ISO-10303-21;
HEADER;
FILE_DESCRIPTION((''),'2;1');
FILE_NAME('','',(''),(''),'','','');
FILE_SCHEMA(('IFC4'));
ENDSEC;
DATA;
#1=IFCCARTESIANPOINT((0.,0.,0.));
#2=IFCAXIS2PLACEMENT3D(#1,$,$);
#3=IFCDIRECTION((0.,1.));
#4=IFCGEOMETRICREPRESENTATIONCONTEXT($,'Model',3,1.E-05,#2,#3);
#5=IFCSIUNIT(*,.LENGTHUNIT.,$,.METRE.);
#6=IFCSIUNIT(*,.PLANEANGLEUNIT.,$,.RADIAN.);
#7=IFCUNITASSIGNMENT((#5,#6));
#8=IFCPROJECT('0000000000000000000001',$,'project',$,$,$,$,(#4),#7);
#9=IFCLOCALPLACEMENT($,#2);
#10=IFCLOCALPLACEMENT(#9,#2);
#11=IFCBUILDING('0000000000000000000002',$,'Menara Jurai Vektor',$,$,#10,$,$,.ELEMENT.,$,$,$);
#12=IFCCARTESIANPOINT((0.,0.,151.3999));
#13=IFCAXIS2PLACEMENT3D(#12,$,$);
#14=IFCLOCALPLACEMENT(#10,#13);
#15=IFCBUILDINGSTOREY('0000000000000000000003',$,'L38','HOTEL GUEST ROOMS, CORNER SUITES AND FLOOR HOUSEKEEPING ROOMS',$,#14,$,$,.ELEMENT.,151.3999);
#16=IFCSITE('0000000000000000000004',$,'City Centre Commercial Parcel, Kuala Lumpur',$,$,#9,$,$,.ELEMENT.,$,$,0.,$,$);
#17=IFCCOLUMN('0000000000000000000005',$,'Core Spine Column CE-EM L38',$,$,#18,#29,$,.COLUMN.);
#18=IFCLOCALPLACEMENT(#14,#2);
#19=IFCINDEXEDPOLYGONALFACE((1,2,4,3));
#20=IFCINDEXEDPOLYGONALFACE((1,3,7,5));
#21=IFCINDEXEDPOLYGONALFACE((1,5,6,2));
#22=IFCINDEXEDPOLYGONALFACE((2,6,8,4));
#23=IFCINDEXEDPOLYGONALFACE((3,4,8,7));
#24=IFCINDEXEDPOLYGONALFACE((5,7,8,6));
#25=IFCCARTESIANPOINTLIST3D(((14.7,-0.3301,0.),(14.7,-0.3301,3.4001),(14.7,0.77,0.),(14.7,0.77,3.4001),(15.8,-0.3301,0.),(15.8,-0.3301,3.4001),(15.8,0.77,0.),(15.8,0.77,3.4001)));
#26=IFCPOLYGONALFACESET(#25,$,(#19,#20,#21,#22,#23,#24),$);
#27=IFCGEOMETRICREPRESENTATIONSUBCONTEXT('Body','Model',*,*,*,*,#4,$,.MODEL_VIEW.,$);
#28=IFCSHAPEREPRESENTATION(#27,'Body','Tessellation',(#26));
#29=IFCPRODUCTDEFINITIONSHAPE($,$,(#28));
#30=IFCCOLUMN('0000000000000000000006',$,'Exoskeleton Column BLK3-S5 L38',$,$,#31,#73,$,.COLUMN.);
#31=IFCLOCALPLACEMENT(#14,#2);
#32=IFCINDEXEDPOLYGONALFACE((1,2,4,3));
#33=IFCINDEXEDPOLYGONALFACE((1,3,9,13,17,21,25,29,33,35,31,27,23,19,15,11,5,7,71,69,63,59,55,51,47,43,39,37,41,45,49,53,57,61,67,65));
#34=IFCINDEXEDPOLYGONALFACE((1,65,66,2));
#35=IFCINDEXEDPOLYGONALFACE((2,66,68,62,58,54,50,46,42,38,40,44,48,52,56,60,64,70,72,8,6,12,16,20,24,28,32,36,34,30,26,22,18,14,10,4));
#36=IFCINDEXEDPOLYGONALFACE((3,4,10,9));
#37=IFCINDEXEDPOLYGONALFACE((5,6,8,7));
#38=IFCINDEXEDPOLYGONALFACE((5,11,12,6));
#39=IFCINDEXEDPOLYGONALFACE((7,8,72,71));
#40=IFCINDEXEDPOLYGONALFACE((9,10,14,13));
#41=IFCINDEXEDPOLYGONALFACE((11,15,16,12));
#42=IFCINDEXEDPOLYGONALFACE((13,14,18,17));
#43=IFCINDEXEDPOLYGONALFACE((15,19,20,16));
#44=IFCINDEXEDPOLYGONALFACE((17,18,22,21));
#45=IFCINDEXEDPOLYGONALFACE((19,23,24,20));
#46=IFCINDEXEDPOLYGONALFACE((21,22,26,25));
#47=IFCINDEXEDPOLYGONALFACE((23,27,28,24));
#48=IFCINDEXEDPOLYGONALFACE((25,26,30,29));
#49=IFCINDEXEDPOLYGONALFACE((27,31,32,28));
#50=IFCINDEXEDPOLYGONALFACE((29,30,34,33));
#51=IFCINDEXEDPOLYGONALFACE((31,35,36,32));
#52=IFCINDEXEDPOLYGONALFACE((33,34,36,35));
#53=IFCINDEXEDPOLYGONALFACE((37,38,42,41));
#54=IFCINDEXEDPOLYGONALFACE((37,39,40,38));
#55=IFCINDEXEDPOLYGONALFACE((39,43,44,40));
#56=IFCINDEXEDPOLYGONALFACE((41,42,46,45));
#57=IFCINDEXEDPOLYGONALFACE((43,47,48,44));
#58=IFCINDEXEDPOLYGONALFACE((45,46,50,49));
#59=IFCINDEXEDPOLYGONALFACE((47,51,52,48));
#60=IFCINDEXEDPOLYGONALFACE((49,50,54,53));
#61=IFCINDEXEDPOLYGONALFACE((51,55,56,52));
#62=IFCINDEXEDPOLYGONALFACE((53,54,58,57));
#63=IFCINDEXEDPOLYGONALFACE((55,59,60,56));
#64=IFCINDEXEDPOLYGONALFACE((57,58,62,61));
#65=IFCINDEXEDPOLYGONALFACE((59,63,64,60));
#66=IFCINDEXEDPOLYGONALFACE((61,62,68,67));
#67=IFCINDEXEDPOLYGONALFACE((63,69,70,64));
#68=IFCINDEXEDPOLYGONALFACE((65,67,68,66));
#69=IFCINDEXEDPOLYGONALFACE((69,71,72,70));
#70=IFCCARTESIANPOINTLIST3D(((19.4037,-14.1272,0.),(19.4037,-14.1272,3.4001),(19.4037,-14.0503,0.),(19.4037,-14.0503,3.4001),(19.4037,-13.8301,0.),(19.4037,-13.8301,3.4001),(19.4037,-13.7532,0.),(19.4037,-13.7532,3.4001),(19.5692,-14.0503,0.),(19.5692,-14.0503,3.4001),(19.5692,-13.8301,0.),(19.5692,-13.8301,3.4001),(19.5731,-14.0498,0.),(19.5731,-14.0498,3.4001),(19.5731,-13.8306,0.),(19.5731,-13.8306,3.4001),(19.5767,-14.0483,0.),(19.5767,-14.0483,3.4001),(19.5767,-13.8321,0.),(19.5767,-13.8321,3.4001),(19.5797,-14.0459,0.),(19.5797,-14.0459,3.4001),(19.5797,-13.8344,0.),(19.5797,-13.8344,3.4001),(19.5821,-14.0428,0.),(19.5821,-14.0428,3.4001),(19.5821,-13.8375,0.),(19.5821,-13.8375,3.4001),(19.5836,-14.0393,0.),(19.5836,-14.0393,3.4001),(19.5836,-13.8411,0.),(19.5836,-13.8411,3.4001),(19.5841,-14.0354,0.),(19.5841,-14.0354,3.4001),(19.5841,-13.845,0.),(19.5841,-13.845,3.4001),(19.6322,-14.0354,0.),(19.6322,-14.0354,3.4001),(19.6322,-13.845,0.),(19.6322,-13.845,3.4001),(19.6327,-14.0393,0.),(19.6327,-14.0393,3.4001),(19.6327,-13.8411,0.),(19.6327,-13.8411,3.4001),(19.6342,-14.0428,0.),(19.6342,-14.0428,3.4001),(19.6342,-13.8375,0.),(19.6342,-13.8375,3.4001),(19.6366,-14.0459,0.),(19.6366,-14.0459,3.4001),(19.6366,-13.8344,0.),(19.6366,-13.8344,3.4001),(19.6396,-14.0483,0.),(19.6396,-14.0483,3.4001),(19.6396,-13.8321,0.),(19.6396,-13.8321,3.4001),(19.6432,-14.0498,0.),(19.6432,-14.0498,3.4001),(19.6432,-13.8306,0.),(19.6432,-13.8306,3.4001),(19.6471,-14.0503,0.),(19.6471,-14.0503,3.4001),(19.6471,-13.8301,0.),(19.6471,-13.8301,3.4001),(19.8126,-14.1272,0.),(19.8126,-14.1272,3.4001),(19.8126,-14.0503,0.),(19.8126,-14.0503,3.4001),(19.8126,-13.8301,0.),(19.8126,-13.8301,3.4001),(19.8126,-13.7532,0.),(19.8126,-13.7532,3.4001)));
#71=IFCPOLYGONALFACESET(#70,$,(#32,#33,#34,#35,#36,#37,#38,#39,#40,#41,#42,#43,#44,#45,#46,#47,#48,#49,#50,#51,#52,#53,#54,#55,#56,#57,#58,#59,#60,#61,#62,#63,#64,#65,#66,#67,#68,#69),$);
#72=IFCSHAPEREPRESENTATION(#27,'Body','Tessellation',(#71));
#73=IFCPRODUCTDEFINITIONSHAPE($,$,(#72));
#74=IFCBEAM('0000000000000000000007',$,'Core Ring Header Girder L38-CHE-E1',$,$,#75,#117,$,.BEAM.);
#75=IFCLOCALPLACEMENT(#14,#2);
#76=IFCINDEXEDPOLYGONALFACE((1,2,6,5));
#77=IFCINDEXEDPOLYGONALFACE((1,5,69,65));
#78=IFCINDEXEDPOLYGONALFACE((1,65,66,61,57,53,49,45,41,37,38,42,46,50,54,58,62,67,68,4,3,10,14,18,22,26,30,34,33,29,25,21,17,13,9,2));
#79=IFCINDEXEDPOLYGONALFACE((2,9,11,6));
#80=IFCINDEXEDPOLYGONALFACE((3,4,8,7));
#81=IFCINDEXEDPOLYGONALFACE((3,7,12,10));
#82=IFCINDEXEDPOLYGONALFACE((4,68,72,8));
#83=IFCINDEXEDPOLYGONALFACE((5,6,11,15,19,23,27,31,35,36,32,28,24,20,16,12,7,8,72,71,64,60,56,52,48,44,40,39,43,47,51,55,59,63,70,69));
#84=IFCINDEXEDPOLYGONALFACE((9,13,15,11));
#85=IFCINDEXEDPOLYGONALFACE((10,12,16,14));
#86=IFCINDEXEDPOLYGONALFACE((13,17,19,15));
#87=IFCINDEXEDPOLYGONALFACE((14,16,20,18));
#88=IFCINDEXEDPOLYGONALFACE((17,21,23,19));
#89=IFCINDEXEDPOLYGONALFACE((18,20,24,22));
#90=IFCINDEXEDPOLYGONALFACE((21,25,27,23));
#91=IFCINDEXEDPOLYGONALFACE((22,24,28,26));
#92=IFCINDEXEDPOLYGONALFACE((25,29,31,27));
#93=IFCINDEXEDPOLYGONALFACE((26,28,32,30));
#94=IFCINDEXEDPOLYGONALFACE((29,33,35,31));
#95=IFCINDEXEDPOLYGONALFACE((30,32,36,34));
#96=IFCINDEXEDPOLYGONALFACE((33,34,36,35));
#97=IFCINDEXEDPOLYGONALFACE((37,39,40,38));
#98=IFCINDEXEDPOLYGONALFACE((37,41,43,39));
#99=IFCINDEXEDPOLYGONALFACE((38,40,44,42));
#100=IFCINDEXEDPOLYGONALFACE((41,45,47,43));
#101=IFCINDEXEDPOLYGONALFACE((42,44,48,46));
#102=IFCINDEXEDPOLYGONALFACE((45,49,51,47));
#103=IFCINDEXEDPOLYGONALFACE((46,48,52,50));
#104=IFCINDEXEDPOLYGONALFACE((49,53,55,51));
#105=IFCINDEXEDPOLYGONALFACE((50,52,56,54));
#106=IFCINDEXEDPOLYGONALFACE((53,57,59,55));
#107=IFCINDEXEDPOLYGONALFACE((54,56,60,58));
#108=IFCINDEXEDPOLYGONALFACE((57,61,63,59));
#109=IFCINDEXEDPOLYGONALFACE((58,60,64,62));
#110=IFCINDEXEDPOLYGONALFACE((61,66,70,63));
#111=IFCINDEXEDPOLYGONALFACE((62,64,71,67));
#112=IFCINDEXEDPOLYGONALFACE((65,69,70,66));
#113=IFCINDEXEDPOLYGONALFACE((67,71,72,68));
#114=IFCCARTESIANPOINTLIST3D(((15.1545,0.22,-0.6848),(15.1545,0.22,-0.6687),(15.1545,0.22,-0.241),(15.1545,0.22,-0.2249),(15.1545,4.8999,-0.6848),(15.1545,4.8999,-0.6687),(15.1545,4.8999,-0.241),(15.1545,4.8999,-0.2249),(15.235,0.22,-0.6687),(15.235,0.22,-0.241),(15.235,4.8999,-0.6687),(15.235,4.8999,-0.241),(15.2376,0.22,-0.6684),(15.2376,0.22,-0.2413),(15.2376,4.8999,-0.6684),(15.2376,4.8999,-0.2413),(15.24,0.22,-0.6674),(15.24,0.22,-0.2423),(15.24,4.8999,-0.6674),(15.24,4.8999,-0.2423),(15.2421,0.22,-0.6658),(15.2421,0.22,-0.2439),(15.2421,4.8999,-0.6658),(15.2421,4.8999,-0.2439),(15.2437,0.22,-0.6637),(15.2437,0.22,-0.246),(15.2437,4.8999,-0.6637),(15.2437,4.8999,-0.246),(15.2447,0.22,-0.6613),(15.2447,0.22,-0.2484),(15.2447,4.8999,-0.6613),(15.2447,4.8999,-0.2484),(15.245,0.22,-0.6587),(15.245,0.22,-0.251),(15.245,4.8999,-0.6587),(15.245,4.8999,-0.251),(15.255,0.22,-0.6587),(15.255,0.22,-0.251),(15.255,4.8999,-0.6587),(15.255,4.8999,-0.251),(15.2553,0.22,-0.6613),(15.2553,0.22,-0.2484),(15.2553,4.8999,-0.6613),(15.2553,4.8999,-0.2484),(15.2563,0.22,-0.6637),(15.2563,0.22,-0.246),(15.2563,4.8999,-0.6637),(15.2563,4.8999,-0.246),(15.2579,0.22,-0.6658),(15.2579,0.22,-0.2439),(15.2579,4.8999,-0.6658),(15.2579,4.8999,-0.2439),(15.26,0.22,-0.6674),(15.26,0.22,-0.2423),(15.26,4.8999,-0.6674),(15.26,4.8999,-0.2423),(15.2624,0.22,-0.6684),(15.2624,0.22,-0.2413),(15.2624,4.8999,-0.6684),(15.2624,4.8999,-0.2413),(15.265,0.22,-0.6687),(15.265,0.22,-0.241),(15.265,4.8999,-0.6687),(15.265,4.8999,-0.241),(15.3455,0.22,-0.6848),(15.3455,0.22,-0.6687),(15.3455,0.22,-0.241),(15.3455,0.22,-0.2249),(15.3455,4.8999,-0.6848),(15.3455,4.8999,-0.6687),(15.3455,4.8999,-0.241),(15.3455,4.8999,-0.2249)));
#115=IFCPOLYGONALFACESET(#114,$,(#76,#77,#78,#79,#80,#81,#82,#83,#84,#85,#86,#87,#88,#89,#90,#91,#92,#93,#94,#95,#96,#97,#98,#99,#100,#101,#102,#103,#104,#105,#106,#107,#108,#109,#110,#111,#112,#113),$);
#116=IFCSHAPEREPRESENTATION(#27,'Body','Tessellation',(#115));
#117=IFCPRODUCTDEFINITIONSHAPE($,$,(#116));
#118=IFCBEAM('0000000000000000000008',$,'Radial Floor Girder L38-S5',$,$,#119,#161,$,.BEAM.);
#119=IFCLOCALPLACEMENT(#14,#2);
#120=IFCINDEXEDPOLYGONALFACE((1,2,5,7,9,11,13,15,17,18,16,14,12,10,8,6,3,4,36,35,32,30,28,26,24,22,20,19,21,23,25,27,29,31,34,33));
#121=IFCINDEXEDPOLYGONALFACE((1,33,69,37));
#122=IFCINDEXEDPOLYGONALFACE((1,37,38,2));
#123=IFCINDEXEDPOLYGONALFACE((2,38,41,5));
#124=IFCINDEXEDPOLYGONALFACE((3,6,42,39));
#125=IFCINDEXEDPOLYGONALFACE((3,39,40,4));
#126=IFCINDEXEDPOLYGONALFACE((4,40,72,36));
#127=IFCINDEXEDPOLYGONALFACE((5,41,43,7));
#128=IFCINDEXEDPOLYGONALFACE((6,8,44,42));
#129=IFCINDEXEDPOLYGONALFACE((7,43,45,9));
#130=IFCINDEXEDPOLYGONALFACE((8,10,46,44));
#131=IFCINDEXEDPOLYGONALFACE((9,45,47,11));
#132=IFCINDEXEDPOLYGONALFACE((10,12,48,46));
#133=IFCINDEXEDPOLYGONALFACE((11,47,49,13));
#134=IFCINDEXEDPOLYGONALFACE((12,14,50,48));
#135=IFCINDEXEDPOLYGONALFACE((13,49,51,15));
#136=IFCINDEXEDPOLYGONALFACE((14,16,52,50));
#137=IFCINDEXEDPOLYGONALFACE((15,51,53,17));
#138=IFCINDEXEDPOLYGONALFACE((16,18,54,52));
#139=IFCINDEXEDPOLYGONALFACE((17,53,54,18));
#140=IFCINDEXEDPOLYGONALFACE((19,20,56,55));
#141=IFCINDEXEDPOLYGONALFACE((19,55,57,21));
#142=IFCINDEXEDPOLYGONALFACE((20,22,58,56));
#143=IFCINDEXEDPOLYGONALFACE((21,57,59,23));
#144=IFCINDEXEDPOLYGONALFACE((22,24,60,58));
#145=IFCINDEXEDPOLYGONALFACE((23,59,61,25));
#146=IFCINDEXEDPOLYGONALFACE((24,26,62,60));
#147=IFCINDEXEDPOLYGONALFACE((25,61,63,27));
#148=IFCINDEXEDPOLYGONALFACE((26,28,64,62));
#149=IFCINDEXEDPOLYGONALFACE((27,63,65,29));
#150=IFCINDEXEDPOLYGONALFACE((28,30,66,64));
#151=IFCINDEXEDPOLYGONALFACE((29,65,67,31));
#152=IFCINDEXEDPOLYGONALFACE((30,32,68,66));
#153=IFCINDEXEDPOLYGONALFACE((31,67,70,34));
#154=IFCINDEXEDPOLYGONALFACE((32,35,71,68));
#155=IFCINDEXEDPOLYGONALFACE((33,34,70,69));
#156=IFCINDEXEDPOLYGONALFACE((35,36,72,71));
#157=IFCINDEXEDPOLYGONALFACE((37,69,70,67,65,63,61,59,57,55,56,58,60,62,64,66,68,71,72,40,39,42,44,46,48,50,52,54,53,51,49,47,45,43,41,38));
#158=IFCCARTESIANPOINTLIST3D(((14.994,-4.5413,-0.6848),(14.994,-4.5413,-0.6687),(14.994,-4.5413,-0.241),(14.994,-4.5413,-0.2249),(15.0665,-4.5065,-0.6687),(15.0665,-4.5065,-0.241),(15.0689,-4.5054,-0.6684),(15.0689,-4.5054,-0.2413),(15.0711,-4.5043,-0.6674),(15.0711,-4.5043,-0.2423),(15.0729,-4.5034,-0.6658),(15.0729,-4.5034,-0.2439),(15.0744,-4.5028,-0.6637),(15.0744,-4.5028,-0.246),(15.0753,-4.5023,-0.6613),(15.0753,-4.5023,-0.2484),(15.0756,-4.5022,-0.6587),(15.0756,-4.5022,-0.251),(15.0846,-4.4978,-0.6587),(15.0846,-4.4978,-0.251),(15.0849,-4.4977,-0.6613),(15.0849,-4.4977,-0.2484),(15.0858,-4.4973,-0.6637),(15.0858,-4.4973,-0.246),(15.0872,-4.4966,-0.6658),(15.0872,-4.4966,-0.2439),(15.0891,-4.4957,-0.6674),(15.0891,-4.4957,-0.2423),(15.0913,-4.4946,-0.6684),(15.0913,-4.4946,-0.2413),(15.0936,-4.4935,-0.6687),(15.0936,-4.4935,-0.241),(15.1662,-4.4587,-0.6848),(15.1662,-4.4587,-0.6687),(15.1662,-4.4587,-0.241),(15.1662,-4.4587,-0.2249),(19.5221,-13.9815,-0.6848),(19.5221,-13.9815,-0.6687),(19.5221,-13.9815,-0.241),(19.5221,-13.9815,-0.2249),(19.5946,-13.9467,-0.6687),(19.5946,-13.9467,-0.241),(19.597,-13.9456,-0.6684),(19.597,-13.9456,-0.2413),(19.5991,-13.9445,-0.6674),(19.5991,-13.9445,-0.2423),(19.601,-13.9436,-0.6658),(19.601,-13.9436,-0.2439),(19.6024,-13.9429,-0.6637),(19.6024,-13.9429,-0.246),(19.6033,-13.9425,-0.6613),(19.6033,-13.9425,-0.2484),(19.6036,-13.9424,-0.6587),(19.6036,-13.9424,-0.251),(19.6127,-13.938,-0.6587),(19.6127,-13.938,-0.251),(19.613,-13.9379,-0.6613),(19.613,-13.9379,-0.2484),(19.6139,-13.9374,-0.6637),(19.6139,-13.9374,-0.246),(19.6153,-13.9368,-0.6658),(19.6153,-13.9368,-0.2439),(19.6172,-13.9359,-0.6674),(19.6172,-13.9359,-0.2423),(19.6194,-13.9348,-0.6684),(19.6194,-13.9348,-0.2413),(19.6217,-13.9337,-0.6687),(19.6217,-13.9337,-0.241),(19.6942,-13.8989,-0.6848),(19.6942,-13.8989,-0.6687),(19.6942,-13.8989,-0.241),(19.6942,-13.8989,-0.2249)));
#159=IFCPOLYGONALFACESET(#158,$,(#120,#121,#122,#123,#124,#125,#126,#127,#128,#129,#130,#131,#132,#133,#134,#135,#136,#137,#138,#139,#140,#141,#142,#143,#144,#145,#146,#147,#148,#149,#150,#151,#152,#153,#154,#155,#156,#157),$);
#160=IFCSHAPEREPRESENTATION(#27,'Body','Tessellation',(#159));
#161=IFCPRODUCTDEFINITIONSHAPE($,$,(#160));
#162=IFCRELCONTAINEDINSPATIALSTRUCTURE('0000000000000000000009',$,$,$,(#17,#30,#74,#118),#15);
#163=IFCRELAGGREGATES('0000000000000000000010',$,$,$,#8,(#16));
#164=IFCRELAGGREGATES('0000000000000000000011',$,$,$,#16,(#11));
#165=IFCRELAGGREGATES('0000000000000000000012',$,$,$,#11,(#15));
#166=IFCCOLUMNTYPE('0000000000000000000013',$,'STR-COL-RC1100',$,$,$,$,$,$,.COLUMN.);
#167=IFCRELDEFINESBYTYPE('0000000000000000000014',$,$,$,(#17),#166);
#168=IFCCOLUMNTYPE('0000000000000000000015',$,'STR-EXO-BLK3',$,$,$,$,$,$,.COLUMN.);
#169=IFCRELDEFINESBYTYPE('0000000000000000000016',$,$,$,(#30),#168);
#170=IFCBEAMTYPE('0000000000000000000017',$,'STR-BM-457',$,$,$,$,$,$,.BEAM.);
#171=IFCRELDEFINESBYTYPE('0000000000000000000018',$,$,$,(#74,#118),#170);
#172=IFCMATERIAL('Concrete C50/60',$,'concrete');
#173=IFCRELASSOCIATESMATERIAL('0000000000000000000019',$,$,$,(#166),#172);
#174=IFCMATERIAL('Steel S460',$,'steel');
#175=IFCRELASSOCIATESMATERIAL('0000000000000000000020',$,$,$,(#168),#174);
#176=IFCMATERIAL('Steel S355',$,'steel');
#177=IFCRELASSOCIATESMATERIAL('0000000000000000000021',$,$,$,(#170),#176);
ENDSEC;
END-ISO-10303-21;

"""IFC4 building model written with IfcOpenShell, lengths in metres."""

from ifc_helpers import new_model, si_unit, direction, frame, origin, origin_2d, place, context, subcontext, project, spatial, rectangle, i_section, extrude, material, material_profile, profile_set, type_object, element, save


model = new_model("IFC4")

# Units and contexts
model_context = context("Model", 3, precision=1e-05, world=origin(), true_north=direction((0.0, 1.0)))
body_context = subcontext(model_context, "Body", "Model", "MODEL_VIEW")
ifc_project = project(units=[si_unit("LENGTHUNIT", "METRE"), si_unit("PLANEANGLEUNIT", "RADIAN")], contexts=[model_context])

# Site, building, storey
site_placement = place(None, origin())
site = spatial("IfcSite", under=ifc_project, at=site_placement, Name="City Centre Commercial Parcel, Kuala Lumpur", CompositionType="ELEMENT", RefElevation=0.0)
building_placement = place(site_placement, origin())
building = spatial("IfcBuilding", under=site, at=building_placement, Name="Menara Jurai Vektor", CompositionType="ELEMENT")
storey_placement = place(building_placement, frame((0.0, 0.0, 151.3999)))
storey = spatial("IfcBuildingStorey", under=building, at=storey_placement, Name="L38", Description="HOTEL GUEST ROOMS, CORNER SUITES AND FLOOR HOUSEKEEPING ROOMS", CompositionType="ELEMENT", Elevation=151.3999)

# Columns
ifc_material_1 = material(Name="Concrete C50/60", Category="concrete")
ifc_material_profile_1 = material_profile(ifc_material_1, rectangle(XDim=1.1001, YDim=1.1001, at=origin_2d()), Name="RC 1100x1100")
ifc_profile_set_1 = profile_set([ifc_material_profile_1], Name="Concrete C50/60")
column_type_1 = type_object("IfcColumnType", Name="STR-COL-RC1100", PredefinedType="COLUMN", material=ifc_profile_set_1)
column_1_placement = place(storey_placement, frame((15.25, 0.22, 0.0), z_axis=(0.0, 0.0, 1.0), x_axis=(1.0, 0.0, 0.0)))
element("IfcColumn", 1, at=column_1_placement, inside=storey, type_object=column_type_1, Name="Core Spine Column CE-EM L38", PredefinedType="COLUMN", context=body_context, shape_type="SweptSolid", body=[
    extrude(rectangle(XDim=1.1001, YDim=1.1001, at=origin_2d()), origin(), (0.0, 0.0, 1.0), 3.4001),
])
ifc_material_2 = material(Name="Steel S460", Category="steel")
ifc_material_profile_2 = material_profile(ifc_material_2, i_section(OverallWidth=0.4089, OverallDepth=0.374, WebThickness=0.0481, FlangeThickness=0.0769, FilletRadius=0.0149, at=origin_2d()), Name="HD 400x634")
ifc_profile_set_2 = profile_set([ifc_material_profile_2], Name="Steel S460")
column_type_2 = type_object("IfcColumnType", Name="STR-EXO-BLK3", PredefinedType="COLUMN", material=ifc_profile_set_2)
column_2_placement = place(storey_placement, frame((19.6082, -13.9402, 0.0), z_axis=(0.0, 0.0, 1.0), x_axis=(1.0, 0.0, 0.0)))
element("IfcColumn", 2, at=column_2_placement, inside=storey, type_object=column_type_2, Name="Exoskeleton Column BLK3-S5 L38", PredefinedType="COLUMN", context=body_context, shape_type="SweptSolid", body=[
    extrude(i_section(OverallWidth=0.4089, OverallDepth=0.374, WebThickness=0.0481, FlangeThickness=0.0769, FilletRadius=0.0149, at=origin_2d()), origin(), (0.0, 0.0, 1.0), 3.4001),
])

# Beams
ifc_material_3 = material(Name="Steel S355", Category="steel")
ifc_material_profile_3 = material_profile(ifc_material_3, i_section(OverallWidth=0.1909, OverallDepth=0.46, WebThickness=0.01, FlangeThickness=0.0161, FilletRadius=0.01, at=origin_2d()), Name="UKB 457x191x82")
ifc_profile_set_3 = profile_set([ifc_material_profile_3], Name="Steel S355")
beam_type_1 = type_object("IfcBeamType", Name="STR-BM-457", PredefinedType="BEAM", material=ifc_profile_set_3)
beam_1_placement = place(storey_placement, frame((15.25, 0.22, -0.4548), z_axis=(0.0, 1.0, 0.0), x_axis=(-1.0, 0.0, 0.0)))
element("IfcBeam", 3, at=beam_1_placement, inside=storey, type_object=beam_type_1, Name="Core Ring Header Girder L38-CHE-E1", PredefinedType="BEAM", context=body_context, shape_type="SweptSolid", body=[
    extrude(i_section(OverallWidth=0.1909, OverallDepth=0.46, WebThickness=0.01, FlangeThickness=0.0161, FilletRadius=0.01, at=origin_2d()), origin(), (0.0, 0.0, 1.0), 4.6799),
])
beam_2_placement = place(storey_placement, frame((19.6082, -13.9402, -0.4548), z_axis=(-0.432482, 0.901643, 0.0), x_axis=(-0.901643, -0.432482, 0.0)))
element("IfcBeam", 4, at=beam_2_placement, inside=storey, type_object=beam_type_1, Name="Radial Floor Girder L38-S5", PredefinedType="BEAM", context=body_context, shape_type="SweptSolid", body=[
    extrude(i_section(OverallWidth=0.1909, OverallDepth=0.46, WebThickness=0.01, FlangeThickness=0.0161, FilletRadius=0.01, at=origin_2d()), origin(), (0.0, 0.0, 1.0), 10.47),
])

save(model, "model.ifc")
